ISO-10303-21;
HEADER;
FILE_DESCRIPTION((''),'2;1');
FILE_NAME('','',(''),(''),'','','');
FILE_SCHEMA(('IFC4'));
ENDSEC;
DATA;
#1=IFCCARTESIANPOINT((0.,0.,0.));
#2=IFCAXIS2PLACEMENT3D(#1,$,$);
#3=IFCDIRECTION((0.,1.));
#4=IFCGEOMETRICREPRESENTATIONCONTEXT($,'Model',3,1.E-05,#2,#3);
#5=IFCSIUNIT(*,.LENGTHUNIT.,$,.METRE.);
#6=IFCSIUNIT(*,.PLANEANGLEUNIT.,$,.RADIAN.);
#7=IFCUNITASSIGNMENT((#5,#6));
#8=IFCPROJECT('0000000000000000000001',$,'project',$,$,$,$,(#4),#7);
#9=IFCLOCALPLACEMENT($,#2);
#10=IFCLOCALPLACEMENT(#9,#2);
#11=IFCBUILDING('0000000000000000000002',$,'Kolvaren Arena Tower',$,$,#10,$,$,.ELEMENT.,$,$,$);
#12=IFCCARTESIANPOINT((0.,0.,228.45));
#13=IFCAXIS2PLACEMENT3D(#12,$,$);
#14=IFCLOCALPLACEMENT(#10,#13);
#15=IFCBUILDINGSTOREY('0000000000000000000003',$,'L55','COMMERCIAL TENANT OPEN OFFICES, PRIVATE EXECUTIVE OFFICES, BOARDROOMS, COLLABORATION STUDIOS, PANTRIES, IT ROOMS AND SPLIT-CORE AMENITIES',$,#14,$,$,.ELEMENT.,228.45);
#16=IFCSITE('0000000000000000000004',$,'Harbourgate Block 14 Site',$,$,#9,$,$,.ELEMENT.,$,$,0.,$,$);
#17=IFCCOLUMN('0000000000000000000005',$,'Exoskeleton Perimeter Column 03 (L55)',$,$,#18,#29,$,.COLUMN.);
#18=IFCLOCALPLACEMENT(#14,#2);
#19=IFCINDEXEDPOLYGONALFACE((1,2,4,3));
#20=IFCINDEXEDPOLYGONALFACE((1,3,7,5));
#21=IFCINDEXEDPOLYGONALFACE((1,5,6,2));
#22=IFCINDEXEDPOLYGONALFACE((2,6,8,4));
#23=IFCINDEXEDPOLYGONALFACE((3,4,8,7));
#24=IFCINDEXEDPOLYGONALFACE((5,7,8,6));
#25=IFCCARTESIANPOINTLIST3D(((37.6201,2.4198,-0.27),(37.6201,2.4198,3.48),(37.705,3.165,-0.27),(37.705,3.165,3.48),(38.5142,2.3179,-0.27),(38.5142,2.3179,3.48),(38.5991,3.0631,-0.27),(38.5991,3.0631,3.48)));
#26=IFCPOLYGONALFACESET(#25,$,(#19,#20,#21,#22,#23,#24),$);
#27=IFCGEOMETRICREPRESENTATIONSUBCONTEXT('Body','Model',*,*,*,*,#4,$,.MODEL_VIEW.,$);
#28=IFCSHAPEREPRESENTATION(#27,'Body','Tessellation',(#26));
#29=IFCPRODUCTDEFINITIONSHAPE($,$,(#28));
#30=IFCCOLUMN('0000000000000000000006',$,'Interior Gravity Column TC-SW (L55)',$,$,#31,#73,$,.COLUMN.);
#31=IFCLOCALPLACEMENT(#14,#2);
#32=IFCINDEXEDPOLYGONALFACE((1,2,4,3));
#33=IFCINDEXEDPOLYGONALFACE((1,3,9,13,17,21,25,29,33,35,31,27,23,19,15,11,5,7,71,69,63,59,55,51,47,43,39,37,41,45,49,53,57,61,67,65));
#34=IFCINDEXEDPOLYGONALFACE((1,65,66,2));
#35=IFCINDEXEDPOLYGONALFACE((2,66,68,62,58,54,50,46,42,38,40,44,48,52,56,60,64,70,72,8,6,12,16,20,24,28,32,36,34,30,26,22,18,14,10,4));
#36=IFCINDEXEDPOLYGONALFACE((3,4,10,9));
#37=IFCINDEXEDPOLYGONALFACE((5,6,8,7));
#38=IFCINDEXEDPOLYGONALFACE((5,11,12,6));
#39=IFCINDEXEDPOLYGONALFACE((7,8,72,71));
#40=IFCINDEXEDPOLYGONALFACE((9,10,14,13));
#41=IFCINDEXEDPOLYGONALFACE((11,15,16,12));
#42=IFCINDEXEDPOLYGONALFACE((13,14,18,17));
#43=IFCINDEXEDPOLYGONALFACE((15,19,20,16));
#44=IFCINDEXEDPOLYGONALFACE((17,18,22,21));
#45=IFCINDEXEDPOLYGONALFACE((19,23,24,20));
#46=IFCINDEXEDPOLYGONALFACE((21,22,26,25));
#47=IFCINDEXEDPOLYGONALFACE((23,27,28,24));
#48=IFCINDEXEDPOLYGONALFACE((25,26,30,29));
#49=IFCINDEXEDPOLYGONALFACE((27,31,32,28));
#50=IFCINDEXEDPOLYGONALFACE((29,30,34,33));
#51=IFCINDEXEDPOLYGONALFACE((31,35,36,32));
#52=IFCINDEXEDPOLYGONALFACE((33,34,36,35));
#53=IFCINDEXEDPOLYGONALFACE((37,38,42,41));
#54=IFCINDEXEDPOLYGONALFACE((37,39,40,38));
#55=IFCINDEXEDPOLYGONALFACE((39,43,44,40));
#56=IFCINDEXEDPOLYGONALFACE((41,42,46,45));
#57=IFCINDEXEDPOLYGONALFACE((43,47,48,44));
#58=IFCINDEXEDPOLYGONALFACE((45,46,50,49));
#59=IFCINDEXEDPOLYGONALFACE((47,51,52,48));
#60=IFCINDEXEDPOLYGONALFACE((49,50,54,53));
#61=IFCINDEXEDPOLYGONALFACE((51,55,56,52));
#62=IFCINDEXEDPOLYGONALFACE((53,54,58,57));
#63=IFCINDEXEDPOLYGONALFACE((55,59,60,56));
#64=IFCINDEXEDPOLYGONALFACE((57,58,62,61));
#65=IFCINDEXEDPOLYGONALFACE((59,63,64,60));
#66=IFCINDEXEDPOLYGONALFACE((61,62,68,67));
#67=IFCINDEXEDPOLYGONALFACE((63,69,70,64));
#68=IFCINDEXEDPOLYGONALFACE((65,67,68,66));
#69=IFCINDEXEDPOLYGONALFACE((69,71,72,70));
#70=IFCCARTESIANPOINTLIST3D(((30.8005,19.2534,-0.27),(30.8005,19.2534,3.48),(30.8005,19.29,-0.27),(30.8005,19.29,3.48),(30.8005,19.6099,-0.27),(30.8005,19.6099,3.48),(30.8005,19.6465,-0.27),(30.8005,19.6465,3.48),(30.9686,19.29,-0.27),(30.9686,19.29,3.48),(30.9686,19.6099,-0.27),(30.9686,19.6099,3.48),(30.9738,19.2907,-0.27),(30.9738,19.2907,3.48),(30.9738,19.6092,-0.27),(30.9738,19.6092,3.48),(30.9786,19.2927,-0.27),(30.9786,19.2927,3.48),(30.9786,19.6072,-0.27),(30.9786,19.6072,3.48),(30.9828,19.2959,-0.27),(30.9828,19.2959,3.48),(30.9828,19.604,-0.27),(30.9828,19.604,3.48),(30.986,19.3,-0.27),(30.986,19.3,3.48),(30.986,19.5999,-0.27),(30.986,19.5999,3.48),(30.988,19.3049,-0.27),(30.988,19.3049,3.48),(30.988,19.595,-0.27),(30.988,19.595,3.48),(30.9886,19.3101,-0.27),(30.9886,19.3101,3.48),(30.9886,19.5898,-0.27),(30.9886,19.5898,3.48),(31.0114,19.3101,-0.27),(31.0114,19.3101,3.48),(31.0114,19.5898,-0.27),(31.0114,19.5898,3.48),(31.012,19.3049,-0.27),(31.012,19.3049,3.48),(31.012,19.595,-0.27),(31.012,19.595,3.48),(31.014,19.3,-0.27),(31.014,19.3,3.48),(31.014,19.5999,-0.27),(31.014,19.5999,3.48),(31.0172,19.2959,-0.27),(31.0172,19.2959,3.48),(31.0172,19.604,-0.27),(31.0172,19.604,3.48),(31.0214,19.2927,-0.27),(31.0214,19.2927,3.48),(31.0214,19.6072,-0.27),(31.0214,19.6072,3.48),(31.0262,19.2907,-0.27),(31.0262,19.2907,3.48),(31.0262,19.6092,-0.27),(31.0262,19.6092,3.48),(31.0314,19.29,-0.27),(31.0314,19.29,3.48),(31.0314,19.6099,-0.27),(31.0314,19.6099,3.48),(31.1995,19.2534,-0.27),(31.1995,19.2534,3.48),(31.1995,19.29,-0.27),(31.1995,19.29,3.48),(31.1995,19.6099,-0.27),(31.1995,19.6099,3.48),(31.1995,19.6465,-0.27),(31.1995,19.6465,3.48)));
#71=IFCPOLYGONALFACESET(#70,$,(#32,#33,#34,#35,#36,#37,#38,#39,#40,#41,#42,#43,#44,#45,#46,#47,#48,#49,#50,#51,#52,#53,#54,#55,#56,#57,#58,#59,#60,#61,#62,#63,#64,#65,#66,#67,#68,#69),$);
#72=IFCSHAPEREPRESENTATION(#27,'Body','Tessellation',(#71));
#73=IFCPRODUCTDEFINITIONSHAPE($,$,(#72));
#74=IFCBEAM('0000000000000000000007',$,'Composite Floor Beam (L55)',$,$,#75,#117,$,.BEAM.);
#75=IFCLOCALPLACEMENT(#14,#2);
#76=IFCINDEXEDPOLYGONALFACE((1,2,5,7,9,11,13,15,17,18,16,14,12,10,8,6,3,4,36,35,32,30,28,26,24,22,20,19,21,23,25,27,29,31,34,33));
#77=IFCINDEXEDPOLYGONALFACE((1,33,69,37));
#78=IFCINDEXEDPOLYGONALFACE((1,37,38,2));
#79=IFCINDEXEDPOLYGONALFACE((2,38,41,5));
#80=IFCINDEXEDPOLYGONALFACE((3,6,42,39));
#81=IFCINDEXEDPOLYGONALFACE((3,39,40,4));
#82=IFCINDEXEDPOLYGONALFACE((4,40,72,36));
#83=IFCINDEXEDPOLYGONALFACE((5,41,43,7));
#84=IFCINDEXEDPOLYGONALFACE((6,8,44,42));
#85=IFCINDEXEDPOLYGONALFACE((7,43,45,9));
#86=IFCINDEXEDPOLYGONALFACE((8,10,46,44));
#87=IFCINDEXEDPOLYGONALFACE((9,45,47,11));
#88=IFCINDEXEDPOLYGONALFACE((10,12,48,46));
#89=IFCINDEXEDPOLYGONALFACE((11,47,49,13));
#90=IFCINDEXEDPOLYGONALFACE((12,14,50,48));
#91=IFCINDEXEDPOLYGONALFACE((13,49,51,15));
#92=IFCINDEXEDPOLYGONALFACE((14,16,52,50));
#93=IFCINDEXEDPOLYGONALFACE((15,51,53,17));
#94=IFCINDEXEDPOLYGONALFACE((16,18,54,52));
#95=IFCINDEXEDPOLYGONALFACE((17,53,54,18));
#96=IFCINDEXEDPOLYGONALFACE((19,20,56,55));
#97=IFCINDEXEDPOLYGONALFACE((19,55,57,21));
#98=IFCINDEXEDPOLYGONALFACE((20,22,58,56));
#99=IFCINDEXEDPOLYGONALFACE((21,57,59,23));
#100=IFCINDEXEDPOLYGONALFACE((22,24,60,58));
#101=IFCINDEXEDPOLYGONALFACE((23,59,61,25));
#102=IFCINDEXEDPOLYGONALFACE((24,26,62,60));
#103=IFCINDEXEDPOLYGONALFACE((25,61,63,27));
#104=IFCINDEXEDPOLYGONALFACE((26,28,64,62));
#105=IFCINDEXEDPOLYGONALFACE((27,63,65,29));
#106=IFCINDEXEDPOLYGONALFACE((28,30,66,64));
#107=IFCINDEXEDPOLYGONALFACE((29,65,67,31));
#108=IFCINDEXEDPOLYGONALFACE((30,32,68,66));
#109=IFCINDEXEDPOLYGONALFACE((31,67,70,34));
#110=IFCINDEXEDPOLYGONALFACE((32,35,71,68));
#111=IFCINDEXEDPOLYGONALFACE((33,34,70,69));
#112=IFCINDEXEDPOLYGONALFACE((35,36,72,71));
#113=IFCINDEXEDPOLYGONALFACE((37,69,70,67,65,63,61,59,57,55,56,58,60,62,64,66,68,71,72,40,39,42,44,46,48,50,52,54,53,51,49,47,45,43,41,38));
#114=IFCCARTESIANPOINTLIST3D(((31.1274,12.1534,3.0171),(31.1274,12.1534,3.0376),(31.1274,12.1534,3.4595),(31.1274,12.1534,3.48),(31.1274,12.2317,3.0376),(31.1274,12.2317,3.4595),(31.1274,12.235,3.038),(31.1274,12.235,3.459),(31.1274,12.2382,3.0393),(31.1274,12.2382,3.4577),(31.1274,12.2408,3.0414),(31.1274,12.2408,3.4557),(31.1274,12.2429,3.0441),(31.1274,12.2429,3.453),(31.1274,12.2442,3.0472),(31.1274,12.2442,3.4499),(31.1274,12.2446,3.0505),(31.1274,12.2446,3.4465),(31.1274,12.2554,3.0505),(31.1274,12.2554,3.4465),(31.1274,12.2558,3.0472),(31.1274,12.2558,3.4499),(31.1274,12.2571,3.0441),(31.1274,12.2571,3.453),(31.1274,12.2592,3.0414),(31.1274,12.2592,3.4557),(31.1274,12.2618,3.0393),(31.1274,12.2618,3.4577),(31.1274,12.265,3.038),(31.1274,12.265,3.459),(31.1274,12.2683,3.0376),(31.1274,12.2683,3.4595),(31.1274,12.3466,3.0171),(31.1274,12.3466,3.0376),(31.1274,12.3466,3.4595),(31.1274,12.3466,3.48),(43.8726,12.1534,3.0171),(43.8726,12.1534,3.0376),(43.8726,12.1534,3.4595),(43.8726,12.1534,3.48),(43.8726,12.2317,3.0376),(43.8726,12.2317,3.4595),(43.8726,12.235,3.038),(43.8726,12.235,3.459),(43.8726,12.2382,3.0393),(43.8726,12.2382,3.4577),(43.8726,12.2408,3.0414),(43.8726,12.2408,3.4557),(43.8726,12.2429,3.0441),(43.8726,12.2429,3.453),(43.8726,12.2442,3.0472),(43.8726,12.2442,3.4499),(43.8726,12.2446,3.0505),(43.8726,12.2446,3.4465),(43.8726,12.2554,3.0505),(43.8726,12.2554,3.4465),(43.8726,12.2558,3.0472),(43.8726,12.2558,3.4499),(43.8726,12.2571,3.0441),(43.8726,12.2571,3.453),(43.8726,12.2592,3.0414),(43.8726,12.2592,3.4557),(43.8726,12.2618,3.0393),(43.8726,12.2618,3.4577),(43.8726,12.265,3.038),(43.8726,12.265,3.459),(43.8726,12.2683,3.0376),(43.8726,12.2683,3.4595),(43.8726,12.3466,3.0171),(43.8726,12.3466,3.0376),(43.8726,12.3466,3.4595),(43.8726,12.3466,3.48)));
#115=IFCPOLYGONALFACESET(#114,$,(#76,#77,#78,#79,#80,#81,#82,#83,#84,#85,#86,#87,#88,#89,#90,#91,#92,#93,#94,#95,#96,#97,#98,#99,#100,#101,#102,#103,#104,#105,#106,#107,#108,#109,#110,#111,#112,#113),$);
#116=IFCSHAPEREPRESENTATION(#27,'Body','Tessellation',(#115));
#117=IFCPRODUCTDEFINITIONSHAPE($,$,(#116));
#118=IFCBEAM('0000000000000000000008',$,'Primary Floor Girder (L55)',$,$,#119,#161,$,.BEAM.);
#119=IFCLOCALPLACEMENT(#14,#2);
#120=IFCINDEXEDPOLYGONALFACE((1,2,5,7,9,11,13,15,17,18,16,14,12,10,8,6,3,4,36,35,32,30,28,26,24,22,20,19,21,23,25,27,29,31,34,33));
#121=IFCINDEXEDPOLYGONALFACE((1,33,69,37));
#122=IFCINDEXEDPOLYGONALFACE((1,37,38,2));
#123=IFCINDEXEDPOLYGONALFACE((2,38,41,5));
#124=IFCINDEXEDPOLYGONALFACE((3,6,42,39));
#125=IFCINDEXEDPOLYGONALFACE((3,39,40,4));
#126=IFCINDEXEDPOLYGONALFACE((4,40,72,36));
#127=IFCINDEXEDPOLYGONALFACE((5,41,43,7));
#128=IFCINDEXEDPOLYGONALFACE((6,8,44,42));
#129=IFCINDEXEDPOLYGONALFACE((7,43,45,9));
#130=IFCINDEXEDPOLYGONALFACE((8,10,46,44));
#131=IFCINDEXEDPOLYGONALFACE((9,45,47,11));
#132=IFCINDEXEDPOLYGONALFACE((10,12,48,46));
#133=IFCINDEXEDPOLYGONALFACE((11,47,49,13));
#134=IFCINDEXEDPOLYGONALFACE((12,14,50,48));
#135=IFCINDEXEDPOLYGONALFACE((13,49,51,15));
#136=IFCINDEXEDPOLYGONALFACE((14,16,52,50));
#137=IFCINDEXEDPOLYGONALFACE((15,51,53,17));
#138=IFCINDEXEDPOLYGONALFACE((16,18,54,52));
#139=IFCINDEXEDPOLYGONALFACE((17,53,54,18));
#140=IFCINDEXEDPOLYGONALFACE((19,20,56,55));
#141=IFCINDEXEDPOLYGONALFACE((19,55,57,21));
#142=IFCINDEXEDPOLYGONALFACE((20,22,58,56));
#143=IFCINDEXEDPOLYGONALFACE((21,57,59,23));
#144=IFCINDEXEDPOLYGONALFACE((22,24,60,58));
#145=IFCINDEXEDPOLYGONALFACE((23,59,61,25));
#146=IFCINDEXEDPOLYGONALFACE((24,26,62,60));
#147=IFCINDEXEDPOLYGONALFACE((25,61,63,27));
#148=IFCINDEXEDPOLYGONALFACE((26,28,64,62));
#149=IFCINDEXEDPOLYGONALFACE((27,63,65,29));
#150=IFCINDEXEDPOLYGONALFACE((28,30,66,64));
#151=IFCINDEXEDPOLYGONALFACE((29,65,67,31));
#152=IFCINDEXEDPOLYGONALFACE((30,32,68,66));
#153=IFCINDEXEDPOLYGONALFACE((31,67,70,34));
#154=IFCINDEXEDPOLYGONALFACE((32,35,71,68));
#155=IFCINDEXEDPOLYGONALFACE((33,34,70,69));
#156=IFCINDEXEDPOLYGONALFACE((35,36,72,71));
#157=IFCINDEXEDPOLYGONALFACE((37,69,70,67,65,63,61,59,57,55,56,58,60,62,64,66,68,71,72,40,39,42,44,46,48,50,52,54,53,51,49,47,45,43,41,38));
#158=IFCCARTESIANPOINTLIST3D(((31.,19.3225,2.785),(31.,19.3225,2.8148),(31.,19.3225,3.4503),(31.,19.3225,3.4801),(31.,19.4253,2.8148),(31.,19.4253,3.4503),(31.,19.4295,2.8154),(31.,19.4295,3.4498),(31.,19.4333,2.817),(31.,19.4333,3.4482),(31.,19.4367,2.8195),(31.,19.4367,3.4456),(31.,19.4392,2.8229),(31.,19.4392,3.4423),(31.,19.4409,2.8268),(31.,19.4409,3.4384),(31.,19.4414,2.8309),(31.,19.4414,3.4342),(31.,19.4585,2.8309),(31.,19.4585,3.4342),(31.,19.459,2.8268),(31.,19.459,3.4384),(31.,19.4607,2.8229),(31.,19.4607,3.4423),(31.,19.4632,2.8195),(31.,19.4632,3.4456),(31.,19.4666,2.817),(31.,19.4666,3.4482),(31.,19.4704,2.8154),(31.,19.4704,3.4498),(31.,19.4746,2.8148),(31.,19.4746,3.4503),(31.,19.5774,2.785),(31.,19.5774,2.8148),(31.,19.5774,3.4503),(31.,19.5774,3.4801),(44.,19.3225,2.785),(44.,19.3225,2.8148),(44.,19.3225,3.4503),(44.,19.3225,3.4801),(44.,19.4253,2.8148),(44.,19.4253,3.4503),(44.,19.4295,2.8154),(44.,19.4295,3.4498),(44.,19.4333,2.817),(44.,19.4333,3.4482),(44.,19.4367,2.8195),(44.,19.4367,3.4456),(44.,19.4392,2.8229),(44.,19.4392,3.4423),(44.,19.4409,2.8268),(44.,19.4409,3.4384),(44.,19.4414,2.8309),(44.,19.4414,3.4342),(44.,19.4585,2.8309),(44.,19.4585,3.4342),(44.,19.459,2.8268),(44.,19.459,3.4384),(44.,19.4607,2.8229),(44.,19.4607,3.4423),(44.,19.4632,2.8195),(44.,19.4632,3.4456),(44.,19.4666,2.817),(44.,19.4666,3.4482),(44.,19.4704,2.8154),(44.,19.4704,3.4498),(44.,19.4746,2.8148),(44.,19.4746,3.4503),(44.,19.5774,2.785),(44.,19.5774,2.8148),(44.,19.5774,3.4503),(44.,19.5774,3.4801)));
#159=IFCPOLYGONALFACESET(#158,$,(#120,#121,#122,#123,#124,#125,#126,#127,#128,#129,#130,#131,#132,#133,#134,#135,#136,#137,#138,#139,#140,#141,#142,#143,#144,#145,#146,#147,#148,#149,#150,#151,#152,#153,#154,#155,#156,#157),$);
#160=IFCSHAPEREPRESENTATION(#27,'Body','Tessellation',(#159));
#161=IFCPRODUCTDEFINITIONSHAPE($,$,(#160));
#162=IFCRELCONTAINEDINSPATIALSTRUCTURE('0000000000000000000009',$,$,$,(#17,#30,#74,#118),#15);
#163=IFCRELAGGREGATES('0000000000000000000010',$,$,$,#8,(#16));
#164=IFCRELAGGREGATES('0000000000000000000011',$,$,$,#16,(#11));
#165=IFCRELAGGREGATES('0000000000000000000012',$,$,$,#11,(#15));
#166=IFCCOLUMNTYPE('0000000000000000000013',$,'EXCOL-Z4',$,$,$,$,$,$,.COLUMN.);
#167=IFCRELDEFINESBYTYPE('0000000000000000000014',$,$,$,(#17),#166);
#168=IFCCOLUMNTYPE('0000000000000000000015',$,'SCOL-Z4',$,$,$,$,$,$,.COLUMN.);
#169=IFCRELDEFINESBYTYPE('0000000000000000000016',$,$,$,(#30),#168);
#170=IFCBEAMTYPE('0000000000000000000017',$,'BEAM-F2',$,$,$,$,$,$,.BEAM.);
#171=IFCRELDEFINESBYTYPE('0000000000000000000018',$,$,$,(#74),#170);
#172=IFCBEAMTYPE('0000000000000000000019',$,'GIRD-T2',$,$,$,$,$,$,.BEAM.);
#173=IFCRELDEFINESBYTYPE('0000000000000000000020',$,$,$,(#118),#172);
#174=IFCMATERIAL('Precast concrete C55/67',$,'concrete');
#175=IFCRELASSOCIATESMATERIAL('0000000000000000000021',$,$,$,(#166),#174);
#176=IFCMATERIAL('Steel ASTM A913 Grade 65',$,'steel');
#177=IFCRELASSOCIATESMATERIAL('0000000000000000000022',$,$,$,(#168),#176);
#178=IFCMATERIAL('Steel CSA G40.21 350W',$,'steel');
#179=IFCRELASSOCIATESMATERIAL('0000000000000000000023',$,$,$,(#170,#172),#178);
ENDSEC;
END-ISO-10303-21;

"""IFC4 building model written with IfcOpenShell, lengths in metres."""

from ifc_helpers import new_model, si_unit, direction, frame, origin, origin_2d, place, context, subcontext, project, spatial, rectangle, i_section, extrude, material, material_profile, profile_set, type_object, element, save


model = new_model("IFC4")

# Units and contexts
model_context = context("Model", 3, precision=1e-05, world=origin(), true_north=direction((0.0, 1.0)))
body_context = subcontext(model_context, "Body", "Model", "MODEL_VIEW")
ifc_project = project(units=[si_unit("LENGTHUNIT", "METRE"), si_unit("PLANEANGLEUNIT", "RADIAN")], contexts=[model_context])

# Site, building, storey
site_placement = place(None, origin())
site = spatial("IfcSite", under=ifc_project, at=site_placement, Name="Harbourgate Block 14 Site", CompositionType="ELEMENT", RefElevation=0.0)
building_placement = place(site_placement, origin())
building = spatial("IfcBuilding", under=site, at=building_placement, Name="Kolvaren Arena Tower", CompositionType="ELEMENT")
storey_placement = place(building_placement, frame((0.0, 0.0, 228.45)))
storey = spatial("IfcBuildingStorey", under=building, at=storey_placement, Name="L55", Description="COMMERCIAL TENANT OPEN OFFICES, PRIVATE EXECUTIVE OFFICES, BOARDROOMS, COLLABORATION STUDIOS, PANTRIES, IT ROOMS AND SPLIT-CORE AMENITIES", CompositionType="ELEMENT", Elevation=228.45)

# Columns
ifc_material_1 = material(Name="Precast concrete C55/67", Category="concrete")
ifc_material_profile_1 = material_profile(ifc_material_1, rectangle(XDim=0.8999, YDim=0.75, at=origin_2d()), Name="RC-900x750")
ifc_profile_set_1 = profile_set([ifc_material_profile_1], Name="Precast concrete C55/67")
column_type_1 = type_object("IfcColumnType", Name="EXCOL-Z4", PredefinedType="COLUMN", material=ifc_profile_set_1)
column_1_placement = place(storey_placement, frame((38.1096, 2.7415, -0.27), z_axis=(0.0, 0.0, 1.0), x_axis=(0.993572, -0.113203, 0.0)))
element("IfcColumn", 1, at=column_1_placement, inside=storey, type_object=column_type_1, Name="Exoskeleton Perimeter Column 03 (L55)", PredefinedType="COLUMN", context=body_context, shape_type="SweptSolid", body=[
    extrude(rectangle(XDim=0.8999, YDim=0.75, at=origin_2d()), origin(), (0.0, 0.0, 1.0), 3.75),
])
ifc_material_2 = material(Name="Steel ASTM A913 Grade 65", Category="steel")
ifc_material_profile_2 = material_profile(ifc_material_2, i_section(OverallWidth=0.3989, OverallDepth=0.3931, WebThickness=0.0227, FlangeThickness=0.0366, FilletRadius=0.02, at=origin_2d()), Name="W360x287")
ifc_profile_set_2 = profile_set([ifc_material_profile_2], Name="Steel ASTM A913 Grade 65")
column_type_2 = type_object("IfcColumnType", Name="SCOL-Z4", PredefinedType="COLUMN", material=ifc_profile_set_2)
column_2_placement = place(storey_placement, frame((31.0, 19.45, -0.27), z_axis=(0.0, 0.0, 1.0), x_axis=(1.0, 0.0, 0.0)))
element("IfcColumn", 2, at=column_2_placement, inside=storey, type_object=column_type_2, Name="Interior Gravity Column TC-SW (L55)", PredefinedType="COLUMN", context=body_context, shape_type="SweptSolid", body=[
    extrude(i_section(OverallWidth=0.3989, OverallDepth=0.3931, WebThickness=0.0227, FlangeThickness=0.0366, FilletRadius=0.02, at=origin_2d()), origin(), (0.0, 0.0, 1.0), 3.75),
])

# Beams
ifc_material_3 = material(Name="Steel CSA G40.21 350W", Category="steel")
ifc_material_profile_3 = material_profile(ifc_material_3, i_section(OverallWidth=0.1931, OverallDepth=0.4629, WebThickness=0.0107, FlangeThickness=0.0205, FilletRadius=0.0129, at=origin_2d()), Name="W460x113")
ifc_profile_set_3 = profile_set([ifc_material_profile_3], Name="Steel CSA G40.21 350W")
beam_type_1 = type_object("IfcBeamType", Name="BEAM-F2", PredefinedType="BEAM", material=ifc_profile_set_3)
beam_1_placement = place(storey_placement, frame((31.1274, 12.25, 3.2485), z_axis=(1.0, 0.0, 0.0), x_axis=(0.0, 1.0, 0.0)))
element("IfcBeam", 3, at=beam_1_placement, inside=storey, type_object=beam_type_1, Name="Composite Floor Beam (L55)", PredefinedType="BEAM", context=body_context, shape_type="SweptSolid", body=[
    extrude(i_section(OverallWidth=0.1931, OverallDepth=0.4629, WebThickness=0.0107, FlangeThickness=0.0205, FilletRadius=0.0129, at=origin_2d()), origin(), (0.0, 0.0, 1.0), 12.7451),
])
ifc_material_profile_4 = material_profile(ifc_material_3, i_section(OverallWidth=0.2549, OverallDepth=0.6951, WebThickness=0.0171, FlangeThickness=0.0298, FilletRadius=0.0161, at=origin_2d()), Name="W690x217")
ifc_profile_set_4 = profile_set([ifc_material_profile_4], Name="Steel CSA G40.21 350W")
beam_type_2 = type_object("IfcBeamType", Name="GIRD-T2", PredefinedType="BEAM", material=ifc_profile_set_4)
beam_2_placement = place(storey_placement, frame((31.0, 19.45, 3.1326), z_axis=(1.0, 0.0, 0.0), x_axis=(0.0, 1.0, 0.0)))
element("IfcBeam", 4, at=beam_2_placement, inside=storey, type_object=beam_type_2, Name="Primary Floor Girder (L55)", PredefinedType="BEAM", context=body_context, shape_type="SweptSolid", body=[
    extrude(i_section(OverallWidth=0.2549, OverallDepth=0.6951, WebThickness=0.0171, FlangeThickness=0.0298, FilletRadius=0.0161, at=origin_2d()), origin(), (0.0, 0.0, 1.0), 13.0),
])

save(model, "model.ifc")
